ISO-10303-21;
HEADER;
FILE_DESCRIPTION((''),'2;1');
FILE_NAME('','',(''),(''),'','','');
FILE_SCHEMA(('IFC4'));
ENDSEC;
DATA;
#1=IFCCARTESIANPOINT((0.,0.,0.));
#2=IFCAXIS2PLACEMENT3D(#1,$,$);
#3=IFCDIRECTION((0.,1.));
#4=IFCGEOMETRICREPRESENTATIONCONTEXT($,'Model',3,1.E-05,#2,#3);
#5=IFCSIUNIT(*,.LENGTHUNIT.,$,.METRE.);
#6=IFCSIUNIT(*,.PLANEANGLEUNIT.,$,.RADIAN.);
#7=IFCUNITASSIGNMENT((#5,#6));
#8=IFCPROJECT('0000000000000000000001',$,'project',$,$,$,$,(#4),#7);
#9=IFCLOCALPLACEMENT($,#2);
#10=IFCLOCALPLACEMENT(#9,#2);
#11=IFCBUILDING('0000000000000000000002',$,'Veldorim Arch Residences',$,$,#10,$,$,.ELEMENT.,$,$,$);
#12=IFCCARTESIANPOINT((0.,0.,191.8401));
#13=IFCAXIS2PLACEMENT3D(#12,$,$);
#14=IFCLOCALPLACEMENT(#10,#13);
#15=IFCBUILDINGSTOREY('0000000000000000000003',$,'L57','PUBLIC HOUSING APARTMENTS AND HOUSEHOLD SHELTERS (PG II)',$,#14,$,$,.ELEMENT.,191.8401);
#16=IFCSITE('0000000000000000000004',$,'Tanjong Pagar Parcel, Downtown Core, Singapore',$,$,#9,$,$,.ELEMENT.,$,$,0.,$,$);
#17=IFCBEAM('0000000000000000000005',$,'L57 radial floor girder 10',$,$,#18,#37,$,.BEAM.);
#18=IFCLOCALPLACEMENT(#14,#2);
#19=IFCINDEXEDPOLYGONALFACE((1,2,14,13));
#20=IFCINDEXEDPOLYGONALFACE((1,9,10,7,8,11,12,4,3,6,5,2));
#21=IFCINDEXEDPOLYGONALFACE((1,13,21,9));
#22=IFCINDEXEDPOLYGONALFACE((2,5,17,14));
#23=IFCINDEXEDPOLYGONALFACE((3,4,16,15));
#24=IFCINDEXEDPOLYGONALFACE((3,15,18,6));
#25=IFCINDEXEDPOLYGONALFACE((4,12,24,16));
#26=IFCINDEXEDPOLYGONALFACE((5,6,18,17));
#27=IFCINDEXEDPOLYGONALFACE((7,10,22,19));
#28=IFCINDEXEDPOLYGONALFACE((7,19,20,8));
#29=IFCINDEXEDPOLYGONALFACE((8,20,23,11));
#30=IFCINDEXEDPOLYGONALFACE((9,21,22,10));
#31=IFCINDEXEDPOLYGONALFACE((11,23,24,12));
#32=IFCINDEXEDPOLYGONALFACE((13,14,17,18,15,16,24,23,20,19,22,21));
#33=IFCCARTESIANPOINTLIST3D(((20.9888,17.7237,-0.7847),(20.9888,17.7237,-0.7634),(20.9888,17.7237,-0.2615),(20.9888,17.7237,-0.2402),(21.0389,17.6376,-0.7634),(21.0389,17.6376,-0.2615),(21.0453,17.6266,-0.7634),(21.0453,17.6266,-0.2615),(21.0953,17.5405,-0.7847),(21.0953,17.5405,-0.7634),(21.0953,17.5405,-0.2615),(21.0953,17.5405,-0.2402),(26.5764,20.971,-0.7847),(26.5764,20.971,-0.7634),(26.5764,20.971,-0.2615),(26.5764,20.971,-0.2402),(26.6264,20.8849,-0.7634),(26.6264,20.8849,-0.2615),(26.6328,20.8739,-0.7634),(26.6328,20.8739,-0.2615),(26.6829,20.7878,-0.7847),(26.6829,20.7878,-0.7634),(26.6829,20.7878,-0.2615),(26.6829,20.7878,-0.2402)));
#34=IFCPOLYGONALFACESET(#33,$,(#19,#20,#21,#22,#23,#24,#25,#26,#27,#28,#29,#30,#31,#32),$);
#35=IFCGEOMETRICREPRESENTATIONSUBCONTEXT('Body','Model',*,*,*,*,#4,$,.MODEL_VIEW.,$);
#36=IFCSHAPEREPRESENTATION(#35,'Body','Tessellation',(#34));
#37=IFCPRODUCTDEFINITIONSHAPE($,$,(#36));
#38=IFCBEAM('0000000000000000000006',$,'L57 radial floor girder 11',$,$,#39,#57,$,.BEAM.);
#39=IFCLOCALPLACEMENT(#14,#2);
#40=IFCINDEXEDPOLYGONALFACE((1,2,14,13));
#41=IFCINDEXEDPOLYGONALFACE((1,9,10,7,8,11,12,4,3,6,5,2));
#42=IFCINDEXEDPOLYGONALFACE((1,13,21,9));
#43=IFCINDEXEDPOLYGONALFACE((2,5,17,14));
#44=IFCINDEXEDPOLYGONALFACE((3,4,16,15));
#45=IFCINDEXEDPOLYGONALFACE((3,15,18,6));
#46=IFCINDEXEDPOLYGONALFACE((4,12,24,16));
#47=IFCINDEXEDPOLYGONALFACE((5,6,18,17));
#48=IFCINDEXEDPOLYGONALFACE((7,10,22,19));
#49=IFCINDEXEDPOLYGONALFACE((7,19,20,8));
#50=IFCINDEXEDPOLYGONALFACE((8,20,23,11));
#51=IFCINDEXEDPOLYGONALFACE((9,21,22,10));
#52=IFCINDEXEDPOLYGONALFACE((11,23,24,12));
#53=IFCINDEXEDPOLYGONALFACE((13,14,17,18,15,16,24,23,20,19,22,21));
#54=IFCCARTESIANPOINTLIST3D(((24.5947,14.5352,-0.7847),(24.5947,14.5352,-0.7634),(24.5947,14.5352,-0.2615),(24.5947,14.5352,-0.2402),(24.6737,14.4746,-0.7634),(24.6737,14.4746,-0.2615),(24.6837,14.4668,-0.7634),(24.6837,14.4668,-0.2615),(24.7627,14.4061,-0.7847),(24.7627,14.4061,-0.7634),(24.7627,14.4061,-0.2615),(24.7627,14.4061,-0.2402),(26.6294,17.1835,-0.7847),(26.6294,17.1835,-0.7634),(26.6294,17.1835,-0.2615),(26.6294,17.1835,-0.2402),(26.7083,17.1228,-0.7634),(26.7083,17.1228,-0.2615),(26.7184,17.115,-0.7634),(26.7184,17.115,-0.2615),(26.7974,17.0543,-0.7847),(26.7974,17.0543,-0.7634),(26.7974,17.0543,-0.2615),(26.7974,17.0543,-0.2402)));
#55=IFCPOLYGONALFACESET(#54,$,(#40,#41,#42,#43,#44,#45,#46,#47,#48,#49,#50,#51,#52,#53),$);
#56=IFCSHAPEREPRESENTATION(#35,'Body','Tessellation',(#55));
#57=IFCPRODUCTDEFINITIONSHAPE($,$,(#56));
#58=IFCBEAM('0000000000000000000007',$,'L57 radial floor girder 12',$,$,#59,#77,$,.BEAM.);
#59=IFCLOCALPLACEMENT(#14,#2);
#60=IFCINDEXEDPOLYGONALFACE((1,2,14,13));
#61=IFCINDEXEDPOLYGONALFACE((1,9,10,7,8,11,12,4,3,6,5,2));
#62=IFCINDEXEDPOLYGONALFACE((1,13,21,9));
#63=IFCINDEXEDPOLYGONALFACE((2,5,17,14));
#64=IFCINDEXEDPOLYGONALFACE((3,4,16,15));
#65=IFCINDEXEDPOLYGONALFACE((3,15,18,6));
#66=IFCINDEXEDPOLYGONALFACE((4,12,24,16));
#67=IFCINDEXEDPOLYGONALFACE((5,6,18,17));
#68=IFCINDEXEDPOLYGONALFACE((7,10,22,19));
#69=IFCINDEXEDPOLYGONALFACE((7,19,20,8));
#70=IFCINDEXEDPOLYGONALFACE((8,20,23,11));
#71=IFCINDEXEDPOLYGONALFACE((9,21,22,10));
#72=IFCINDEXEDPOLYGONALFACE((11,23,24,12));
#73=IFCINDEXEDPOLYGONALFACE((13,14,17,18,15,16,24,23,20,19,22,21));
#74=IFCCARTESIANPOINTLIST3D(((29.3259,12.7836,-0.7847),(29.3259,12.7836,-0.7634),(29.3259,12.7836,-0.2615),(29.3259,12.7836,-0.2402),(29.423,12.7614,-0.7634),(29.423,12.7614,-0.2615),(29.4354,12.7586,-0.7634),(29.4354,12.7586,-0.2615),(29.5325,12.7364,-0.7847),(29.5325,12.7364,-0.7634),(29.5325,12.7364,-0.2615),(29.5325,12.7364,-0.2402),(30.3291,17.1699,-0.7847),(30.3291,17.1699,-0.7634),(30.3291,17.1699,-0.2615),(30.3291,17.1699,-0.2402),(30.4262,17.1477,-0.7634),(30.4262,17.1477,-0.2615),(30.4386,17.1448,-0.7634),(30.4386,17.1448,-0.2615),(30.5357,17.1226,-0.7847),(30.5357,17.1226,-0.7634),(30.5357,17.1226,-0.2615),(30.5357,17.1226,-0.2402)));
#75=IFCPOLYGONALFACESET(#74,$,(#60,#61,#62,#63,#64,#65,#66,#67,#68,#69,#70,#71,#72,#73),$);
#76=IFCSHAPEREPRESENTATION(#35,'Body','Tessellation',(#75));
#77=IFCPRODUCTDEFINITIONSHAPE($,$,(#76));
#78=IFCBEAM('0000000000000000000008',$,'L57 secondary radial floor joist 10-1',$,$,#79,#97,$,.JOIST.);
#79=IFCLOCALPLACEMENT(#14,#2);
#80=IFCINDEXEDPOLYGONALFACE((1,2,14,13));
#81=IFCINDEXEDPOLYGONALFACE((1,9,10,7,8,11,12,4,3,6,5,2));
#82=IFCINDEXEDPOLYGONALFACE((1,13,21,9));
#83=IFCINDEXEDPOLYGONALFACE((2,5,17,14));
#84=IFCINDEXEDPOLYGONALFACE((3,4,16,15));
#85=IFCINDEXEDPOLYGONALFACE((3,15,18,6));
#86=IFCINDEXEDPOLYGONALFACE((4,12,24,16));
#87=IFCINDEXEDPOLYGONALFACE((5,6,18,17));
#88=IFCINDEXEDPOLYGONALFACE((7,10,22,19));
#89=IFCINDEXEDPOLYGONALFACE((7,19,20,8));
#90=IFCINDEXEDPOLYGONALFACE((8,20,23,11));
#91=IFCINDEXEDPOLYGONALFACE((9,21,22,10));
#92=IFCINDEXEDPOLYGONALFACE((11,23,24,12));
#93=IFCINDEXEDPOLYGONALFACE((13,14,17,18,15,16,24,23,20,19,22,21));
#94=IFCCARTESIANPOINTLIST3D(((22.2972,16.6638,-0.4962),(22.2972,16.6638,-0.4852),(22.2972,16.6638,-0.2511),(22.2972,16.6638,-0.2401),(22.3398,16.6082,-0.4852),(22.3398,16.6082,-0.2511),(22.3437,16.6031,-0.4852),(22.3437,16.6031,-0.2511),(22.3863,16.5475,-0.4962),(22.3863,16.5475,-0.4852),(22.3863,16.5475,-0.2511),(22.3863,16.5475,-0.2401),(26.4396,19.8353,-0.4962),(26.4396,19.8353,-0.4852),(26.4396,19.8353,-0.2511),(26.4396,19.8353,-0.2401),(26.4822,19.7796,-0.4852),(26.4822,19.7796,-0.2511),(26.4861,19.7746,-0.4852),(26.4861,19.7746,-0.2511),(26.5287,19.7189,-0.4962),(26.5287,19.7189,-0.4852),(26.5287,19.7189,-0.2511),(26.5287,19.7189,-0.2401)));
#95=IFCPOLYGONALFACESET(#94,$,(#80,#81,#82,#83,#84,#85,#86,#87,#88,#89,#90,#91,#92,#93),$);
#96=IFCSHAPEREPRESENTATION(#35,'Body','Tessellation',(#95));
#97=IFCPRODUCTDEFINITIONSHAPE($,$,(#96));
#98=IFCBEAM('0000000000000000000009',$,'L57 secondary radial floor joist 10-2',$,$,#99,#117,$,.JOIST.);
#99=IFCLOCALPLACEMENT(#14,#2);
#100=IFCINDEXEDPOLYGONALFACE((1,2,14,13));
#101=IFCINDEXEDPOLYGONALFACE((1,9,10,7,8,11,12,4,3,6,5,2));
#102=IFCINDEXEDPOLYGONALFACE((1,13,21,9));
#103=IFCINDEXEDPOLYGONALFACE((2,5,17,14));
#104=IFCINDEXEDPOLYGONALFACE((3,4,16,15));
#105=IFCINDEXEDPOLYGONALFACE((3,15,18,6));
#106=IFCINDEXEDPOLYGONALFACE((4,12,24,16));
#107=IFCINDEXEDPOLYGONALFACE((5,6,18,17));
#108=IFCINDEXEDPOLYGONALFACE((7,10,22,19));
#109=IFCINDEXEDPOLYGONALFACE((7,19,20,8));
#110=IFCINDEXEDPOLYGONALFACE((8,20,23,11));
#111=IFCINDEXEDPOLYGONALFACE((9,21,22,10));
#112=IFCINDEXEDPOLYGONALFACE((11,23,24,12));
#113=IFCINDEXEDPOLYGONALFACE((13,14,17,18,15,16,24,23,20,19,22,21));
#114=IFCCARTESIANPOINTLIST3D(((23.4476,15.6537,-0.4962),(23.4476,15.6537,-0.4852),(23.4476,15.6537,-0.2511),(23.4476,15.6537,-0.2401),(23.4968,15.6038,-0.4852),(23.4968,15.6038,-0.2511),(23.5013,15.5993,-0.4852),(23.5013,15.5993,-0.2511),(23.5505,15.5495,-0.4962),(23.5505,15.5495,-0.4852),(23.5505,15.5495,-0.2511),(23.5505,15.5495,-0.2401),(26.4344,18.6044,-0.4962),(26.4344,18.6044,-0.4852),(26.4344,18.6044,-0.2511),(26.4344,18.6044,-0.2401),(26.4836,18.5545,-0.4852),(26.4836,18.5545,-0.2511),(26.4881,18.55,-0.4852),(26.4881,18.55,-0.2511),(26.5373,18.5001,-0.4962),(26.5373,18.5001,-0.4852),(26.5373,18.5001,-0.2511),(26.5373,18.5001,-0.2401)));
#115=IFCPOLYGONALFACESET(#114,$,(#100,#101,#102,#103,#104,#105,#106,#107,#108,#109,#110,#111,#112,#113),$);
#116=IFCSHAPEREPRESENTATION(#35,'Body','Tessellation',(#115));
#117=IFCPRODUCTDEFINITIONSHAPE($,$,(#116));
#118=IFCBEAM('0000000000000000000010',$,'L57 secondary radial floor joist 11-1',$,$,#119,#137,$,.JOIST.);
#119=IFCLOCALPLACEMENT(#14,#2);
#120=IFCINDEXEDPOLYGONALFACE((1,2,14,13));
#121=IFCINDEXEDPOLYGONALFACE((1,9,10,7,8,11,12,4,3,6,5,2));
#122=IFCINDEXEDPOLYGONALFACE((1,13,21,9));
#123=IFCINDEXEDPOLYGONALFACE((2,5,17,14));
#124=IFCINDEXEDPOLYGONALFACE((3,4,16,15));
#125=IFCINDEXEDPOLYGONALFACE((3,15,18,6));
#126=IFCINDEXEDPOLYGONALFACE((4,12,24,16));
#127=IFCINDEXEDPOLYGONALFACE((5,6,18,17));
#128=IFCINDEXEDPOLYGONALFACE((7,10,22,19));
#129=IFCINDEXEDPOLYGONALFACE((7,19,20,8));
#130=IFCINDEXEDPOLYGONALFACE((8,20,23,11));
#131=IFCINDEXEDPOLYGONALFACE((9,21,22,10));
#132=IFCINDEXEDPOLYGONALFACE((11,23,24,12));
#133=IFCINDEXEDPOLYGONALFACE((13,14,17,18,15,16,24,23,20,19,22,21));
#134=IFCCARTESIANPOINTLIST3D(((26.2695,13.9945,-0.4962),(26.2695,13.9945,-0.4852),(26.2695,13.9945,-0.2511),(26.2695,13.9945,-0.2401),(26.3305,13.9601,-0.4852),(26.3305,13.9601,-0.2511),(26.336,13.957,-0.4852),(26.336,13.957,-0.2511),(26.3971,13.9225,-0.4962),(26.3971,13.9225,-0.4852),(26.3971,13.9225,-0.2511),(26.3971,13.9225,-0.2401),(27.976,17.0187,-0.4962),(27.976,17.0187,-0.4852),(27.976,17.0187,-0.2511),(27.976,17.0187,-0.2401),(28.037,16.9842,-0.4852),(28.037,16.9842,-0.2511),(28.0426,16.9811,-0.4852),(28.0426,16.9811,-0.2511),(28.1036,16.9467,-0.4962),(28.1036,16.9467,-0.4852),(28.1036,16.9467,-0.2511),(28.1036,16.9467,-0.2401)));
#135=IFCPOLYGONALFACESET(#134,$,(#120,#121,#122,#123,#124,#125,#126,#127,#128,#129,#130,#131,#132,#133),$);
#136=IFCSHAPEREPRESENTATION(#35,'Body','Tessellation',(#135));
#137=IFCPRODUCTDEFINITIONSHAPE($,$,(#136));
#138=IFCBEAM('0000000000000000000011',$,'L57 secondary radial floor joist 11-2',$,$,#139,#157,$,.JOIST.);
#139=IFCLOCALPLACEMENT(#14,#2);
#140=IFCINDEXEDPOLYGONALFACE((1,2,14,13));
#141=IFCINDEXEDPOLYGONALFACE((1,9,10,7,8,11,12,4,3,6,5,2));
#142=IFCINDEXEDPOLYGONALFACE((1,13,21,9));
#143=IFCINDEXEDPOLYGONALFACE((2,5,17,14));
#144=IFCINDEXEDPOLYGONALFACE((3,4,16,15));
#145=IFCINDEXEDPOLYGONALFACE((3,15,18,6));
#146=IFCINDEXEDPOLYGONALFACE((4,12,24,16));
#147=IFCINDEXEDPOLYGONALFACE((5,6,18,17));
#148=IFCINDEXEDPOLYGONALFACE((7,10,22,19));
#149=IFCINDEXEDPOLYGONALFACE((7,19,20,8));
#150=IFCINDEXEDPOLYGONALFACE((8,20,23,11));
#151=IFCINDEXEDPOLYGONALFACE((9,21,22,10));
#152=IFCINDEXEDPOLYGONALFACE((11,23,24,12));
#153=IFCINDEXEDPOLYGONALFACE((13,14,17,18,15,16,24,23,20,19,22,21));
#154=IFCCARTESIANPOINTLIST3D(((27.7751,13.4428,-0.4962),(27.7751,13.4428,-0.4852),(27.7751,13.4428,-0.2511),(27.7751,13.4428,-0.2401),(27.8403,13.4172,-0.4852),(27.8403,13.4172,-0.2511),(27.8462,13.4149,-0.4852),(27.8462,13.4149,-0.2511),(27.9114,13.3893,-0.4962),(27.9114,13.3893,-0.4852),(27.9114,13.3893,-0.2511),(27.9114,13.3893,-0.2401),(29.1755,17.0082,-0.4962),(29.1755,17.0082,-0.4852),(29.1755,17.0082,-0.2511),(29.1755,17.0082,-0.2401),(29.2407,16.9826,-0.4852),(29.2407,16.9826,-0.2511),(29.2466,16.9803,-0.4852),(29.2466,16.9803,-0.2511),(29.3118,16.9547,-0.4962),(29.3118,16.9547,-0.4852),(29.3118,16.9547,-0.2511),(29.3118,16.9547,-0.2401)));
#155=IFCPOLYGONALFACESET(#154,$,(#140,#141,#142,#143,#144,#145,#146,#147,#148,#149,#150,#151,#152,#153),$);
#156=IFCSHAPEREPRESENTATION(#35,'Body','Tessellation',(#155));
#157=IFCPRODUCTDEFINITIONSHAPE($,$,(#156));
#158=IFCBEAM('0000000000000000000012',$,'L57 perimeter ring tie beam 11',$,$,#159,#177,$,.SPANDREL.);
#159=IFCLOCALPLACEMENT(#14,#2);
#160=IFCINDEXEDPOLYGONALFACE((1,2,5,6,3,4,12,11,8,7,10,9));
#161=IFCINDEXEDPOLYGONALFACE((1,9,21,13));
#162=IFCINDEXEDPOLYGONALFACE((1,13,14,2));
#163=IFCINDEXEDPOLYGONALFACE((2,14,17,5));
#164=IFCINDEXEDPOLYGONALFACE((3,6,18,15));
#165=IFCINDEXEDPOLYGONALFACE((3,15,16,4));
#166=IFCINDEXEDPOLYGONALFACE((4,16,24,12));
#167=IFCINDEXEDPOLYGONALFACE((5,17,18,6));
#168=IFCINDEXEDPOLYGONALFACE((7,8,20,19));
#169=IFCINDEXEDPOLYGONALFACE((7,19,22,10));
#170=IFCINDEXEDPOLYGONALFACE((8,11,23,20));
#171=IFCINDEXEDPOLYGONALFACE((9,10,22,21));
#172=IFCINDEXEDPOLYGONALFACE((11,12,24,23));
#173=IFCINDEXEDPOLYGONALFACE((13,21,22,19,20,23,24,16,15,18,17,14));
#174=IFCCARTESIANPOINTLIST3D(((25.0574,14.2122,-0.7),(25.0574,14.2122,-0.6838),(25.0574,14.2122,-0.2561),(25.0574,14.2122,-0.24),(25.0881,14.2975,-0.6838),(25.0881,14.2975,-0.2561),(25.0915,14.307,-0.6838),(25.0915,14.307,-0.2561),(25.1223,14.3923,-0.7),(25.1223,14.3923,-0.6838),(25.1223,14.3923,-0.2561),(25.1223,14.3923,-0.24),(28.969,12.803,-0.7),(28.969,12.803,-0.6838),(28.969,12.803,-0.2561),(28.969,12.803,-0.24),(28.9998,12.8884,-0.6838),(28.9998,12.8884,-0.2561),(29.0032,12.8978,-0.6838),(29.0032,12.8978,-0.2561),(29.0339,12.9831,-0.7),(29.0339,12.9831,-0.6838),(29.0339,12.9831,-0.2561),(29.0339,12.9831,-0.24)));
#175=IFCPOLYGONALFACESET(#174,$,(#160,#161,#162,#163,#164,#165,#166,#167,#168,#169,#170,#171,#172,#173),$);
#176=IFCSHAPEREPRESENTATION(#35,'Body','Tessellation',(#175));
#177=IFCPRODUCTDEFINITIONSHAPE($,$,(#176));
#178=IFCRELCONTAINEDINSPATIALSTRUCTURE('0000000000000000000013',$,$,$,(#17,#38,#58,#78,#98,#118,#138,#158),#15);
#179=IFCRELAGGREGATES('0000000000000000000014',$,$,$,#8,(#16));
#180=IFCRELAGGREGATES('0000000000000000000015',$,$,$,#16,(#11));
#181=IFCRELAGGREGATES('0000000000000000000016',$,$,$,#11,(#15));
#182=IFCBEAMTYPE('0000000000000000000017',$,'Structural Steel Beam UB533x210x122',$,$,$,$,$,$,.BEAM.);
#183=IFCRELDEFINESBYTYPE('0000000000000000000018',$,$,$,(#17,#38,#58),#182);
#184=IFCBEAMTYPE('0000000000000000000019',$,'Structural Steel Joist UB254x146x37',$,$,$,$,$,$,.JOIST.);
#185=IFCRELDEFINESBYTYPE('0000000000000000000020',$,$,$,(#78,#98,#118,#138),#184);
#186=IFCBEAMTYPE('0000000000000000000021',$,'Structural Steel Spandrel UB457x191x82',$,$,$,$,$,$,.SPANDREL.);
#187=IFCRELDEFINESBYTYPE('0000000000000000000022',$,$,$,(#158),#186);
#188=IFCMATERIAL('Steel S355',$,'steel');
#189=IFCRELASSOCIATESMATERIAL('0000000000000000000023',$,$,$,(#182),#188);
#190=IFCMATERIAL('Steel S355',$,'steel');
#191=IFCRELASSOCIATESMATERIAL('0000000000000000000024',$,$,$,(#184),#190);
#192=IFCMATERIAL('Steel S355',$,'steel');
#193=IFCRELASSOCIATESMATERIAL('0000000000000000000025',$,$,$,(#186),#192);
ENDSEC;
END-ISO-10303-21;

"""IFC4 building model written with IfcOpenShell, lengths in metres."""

from ifc_helpers import new_model, si_unit, direction, frame, origin, origin_2d, place, context, subcontext, project, spatial, i_section, extrude, material, material_profile, profile_set, type_object, element, save


model = new_model("IFC4")

# Units and contexts
model_context = context("Model", 3, precision=1e-05, world=origin(), true_north=direction((0.0, 1.0)))
body_context = subcontext(model_context, "Body", "Model", "MODEL_VIEW")
ifc_project = project(units=[si_unit("LENGTHUNIT", "METRE"), si_unit("PLANEANGLEUNIT", "RADIAN")], contexts=[model_context])

# Site, building, storey
site_placement = place(None, origin())
site = spatial("IfcSite", under=ifc_project, at=site_placement, Name="Tanjong Pagar Parcel, Downtown Core, Singapore", CompositionType="ELEMENT", RefElevation=0.0)
building_placement = place(site_placement, origin())
building = spatial("IfcBuilding", under=site, at=building_placement, Name="Veldorim Arch Residences", CompositionType="ELEMENT")
storey_placement = place(building_placement, frame((0.0, 0.0, 191.8401)))
storey = spatial("IfcBuildingStorey", under=building, at=storey_placement, Name="L57", Description="PUBLIC HOUSING APARTMENTS AND HOUSEHOLD SHELTERS (PG II)", CompositionType="ELEMENT", Elevation=191.8401)

# Beams
ifc_material_1 = material(Name="Steel S355", Category="steel")
ifc_material_profile_1 = material_profile(ifc_material_1, i_section(OverallWidth=0.2119, OverallDepth=0.5444, WebThickness=0.0127, FlangeThickness=0.0212, at=origin_2d()), Name="UB533x210x122")
ifc_profile_set_1 = profile_set([ifc_material_profile_1], Name="Steel S355")
beam_type_1 = type_object("IfcBeamType", Name="Structural Steel Beam UB533x210x122", PredefinedType="BEAM", material=ifc_profile_set_1)
beam_1_placement = place(storey_placement, frame((26.6296, 20.8794, -0.5125), z_axis=(-0.864596, -0.502468, 0.0), x_axis=(0.502468, -0.864596, 0.0)))
element("IfcBeam", 1, at=beam_1_placement, inside=storey, type_object=beam_type_1, Name="L57 radial floor girder 10", PredefinedType="BEAM", context=body_context, shape_type="SweptSolid", body=[
    extrude(i_section(OverallWidth=0.2119, OverallDepth=0.5444, WebThickness=0.0127, FlangeThickness=0.0212, at=origin_2d()), origin(), (0.0, 0.0, 1.0), 6.4626),
])
beam_2_placement = place(storey_placement, frame((26.7134, 17.1189, -0.5125), z_axis=(-0.609258, -0.792972, 0.0), x_axis=(0.792972, -0.609258, 0.0)))
element("IfcBeam", 2, at=beam_2_placement, inside=storey, type_object=beam_type_1, Name="L57 radial floor girder 11", PredefinedType="BEAM", context=body_context, shape_type="SweptSolid", body=[
    extrude(i_section(OverallWidth=0.2119, OverallDepth=0.5444, WebThickness=0.0127, FlangeThickness=0.0212, at=origin_2d()), origin(), (0.0, 0.0, 1.0), 3.3396),
])
beam_3_placement = place(storey_placement, frame((30.4324, 17.1462, -0.5125), z_axis=(-0.222953, -0.974829, 0.0), x_axis=(0.974829, -0.222953, 0.0)))
element("IfcBeam", 3, at=beam_3_placement, inside=storey, type_object=beam_type_1, Name="L57 radial floor girder 12", PredefinedType="BEAM", context=body_context, shape_type="SweptSolid", body=[
    extrude(i_section(OverallWidth=0.2119, OverallDepth=0.5444, WebThickness=0.0127, FlangeThickness=0.0212, at=origin_2d()), origin(), (0.0, 0.0, 1.0), 4.4995),
])
ifc_material_2 = material(Name="Steel S355", Category="steel")
ifc_material_profile_2 = material_profile(ifc_material_2, i_section(OverallWidth=0.1465, OverallDepth=0.2561, WebThickness=0.0063, FlangeThickness=0.011, at=origin_2d()), Name="UB254x146x37")
ifc_profile_set_2 = profile_set([ifc_material_profile_2], Name="Steel S355")
beam_type_2 = type_object("IfcBeamType", Name="Structural Steel Joist UB254x146x37", PredefinedType="JOIST", material=ifc_profile_set_2)
beam_4_placement = place(storey_placement, frame((26.4841, 19.7771, -0.3682), z_axis=(-0.794014, -0.6079, 0.0), x_axis=(0.6079, -0.794014, 0.0)))
element("IfcBeam", 4, at=beam_4_placement, inside=storey, type_object=beam_type_2, Name="L57 secondary radial floor joist 10-1", PredefinedType="JOIST", context=body_context, shape_type="SweptSolid", body=[
    extrude(i_section(OverallWidth=0.1465, OverallDepth=0.2561, WebThickness=0.0063, FlangeThickness=0.011, at=origin_2d()), origin(), (0.0, 0.0, 1.0), 5.217),
])
beam_5_placement = place(storey_placement, frame((26.4858, 18.5522, -0.3682), z_axis=(-0.711397, -0.702791, 0.0), x_axis=(0.702791, -0.711397, 0.0)))
element("IfcBeam", 5, at=beam_5_placement, inside=storey, type_object=beam_type_2, Name="L57 secondary radial floor joist 10-2", PredefinedType="JOIST", context=body_context, shape_type="SweptSolid", body=[
    extrude(i_section(OverallWidth=0.1465, OverallDepth=0.2561, WebThickness=0.0063, FlangeThickness=0.011, at=origin_2d()), origin(), (0.0, 0.0, 1.0), 4.1985),
])
beam_6_placement = place(storey_placement, frame((28.0398, 16.9827, -0.3682), z_axis=(-0.491452, -0.870904, 0.0), x_axis=(0.870904, -0.491452, 0.0)))
element("IfcBeam", 6, at=beam_6_placement, inside=storey, type_object=beam_type_2, Name="L57 secondary radial floor joist 11-1", PredefinedType="JOIST", context=body_context, shape_type="SweptSolid", body=[
    extrude(i_section(OverallWidth=0.1465, OverallDepth=0.2561, WebThickness=0.0063, FlangeThickness=0.011, at=origin_2d()), origin(), (0.0, 0.0, 1.0), 3.4724),
])
beam_7_placement = place(storey_placement, frame((29.2437, 16.9814, -0.3682), z_axis=(-0.365581, -0.930779, 0.0), x_axis=(0.930779, -0.365581, 0.0)))
element("IfcBeam", 7, at=beam_7_placement, inside=storey, type_object=beam_type_2, Name="L57 secondary radial floor joist 11-2", PredefinedType="JOIST", context=body_context, shape_type="SweptSolid", body=[
    extrude(i_section(OverallWidth=0.1465, OverallDepth=0.2561, WebThickness=0.0063, FlangeThickness=0.011, at=origin_2d()), origin(), (0.0, 0.0, 1.0), 3.8306),
])
ifc_material_3 = material(Name="Steel S355", Category="steel")
ifc_material_profile_3 = material_profile(ifc_material_3, i_section(OverallWidth=0.1914, OverallDepth=0.46, WebThickness=0.01, FlangeThickness=0.0161, at=origin_2d()), Name="UB457x191x82")
ifc_profile_set_3 = profile_set([ifc_material_profile_3], Name="Steel S355")
beam_type_3 = type_object("IfcBeamType", Name="Structural Steel Spandrel UB457x191x82", PredefinedType="SPANDREL", material=ifc_profile_set_3)
beam_8_placement = place(storey_placement, frame((25.0898, 14.3022, -0.47), z_axis=(0.940811, -0.338932, 0.0), x_axis=(0.338932, 0.940811, 0.0)))
element("IfcBeam", 8, at=beam_8_placement, inside=storey, type_object=beam_type_3, Name="L57 perimeter ring tie beam 11", PredefinedType="SPANDREL", context=body_context, shape_type="SweptSolid", body=[
    extrude(i_section(OverallWidth=0.1914, OverallDepth=0.46, WebThickness=0.01, FlangeThickness=0.0161, at=origin_2d()), origin(), (0.0, 0.0, 1.0), 4.1577),
])

save(model, "model.ifc")
